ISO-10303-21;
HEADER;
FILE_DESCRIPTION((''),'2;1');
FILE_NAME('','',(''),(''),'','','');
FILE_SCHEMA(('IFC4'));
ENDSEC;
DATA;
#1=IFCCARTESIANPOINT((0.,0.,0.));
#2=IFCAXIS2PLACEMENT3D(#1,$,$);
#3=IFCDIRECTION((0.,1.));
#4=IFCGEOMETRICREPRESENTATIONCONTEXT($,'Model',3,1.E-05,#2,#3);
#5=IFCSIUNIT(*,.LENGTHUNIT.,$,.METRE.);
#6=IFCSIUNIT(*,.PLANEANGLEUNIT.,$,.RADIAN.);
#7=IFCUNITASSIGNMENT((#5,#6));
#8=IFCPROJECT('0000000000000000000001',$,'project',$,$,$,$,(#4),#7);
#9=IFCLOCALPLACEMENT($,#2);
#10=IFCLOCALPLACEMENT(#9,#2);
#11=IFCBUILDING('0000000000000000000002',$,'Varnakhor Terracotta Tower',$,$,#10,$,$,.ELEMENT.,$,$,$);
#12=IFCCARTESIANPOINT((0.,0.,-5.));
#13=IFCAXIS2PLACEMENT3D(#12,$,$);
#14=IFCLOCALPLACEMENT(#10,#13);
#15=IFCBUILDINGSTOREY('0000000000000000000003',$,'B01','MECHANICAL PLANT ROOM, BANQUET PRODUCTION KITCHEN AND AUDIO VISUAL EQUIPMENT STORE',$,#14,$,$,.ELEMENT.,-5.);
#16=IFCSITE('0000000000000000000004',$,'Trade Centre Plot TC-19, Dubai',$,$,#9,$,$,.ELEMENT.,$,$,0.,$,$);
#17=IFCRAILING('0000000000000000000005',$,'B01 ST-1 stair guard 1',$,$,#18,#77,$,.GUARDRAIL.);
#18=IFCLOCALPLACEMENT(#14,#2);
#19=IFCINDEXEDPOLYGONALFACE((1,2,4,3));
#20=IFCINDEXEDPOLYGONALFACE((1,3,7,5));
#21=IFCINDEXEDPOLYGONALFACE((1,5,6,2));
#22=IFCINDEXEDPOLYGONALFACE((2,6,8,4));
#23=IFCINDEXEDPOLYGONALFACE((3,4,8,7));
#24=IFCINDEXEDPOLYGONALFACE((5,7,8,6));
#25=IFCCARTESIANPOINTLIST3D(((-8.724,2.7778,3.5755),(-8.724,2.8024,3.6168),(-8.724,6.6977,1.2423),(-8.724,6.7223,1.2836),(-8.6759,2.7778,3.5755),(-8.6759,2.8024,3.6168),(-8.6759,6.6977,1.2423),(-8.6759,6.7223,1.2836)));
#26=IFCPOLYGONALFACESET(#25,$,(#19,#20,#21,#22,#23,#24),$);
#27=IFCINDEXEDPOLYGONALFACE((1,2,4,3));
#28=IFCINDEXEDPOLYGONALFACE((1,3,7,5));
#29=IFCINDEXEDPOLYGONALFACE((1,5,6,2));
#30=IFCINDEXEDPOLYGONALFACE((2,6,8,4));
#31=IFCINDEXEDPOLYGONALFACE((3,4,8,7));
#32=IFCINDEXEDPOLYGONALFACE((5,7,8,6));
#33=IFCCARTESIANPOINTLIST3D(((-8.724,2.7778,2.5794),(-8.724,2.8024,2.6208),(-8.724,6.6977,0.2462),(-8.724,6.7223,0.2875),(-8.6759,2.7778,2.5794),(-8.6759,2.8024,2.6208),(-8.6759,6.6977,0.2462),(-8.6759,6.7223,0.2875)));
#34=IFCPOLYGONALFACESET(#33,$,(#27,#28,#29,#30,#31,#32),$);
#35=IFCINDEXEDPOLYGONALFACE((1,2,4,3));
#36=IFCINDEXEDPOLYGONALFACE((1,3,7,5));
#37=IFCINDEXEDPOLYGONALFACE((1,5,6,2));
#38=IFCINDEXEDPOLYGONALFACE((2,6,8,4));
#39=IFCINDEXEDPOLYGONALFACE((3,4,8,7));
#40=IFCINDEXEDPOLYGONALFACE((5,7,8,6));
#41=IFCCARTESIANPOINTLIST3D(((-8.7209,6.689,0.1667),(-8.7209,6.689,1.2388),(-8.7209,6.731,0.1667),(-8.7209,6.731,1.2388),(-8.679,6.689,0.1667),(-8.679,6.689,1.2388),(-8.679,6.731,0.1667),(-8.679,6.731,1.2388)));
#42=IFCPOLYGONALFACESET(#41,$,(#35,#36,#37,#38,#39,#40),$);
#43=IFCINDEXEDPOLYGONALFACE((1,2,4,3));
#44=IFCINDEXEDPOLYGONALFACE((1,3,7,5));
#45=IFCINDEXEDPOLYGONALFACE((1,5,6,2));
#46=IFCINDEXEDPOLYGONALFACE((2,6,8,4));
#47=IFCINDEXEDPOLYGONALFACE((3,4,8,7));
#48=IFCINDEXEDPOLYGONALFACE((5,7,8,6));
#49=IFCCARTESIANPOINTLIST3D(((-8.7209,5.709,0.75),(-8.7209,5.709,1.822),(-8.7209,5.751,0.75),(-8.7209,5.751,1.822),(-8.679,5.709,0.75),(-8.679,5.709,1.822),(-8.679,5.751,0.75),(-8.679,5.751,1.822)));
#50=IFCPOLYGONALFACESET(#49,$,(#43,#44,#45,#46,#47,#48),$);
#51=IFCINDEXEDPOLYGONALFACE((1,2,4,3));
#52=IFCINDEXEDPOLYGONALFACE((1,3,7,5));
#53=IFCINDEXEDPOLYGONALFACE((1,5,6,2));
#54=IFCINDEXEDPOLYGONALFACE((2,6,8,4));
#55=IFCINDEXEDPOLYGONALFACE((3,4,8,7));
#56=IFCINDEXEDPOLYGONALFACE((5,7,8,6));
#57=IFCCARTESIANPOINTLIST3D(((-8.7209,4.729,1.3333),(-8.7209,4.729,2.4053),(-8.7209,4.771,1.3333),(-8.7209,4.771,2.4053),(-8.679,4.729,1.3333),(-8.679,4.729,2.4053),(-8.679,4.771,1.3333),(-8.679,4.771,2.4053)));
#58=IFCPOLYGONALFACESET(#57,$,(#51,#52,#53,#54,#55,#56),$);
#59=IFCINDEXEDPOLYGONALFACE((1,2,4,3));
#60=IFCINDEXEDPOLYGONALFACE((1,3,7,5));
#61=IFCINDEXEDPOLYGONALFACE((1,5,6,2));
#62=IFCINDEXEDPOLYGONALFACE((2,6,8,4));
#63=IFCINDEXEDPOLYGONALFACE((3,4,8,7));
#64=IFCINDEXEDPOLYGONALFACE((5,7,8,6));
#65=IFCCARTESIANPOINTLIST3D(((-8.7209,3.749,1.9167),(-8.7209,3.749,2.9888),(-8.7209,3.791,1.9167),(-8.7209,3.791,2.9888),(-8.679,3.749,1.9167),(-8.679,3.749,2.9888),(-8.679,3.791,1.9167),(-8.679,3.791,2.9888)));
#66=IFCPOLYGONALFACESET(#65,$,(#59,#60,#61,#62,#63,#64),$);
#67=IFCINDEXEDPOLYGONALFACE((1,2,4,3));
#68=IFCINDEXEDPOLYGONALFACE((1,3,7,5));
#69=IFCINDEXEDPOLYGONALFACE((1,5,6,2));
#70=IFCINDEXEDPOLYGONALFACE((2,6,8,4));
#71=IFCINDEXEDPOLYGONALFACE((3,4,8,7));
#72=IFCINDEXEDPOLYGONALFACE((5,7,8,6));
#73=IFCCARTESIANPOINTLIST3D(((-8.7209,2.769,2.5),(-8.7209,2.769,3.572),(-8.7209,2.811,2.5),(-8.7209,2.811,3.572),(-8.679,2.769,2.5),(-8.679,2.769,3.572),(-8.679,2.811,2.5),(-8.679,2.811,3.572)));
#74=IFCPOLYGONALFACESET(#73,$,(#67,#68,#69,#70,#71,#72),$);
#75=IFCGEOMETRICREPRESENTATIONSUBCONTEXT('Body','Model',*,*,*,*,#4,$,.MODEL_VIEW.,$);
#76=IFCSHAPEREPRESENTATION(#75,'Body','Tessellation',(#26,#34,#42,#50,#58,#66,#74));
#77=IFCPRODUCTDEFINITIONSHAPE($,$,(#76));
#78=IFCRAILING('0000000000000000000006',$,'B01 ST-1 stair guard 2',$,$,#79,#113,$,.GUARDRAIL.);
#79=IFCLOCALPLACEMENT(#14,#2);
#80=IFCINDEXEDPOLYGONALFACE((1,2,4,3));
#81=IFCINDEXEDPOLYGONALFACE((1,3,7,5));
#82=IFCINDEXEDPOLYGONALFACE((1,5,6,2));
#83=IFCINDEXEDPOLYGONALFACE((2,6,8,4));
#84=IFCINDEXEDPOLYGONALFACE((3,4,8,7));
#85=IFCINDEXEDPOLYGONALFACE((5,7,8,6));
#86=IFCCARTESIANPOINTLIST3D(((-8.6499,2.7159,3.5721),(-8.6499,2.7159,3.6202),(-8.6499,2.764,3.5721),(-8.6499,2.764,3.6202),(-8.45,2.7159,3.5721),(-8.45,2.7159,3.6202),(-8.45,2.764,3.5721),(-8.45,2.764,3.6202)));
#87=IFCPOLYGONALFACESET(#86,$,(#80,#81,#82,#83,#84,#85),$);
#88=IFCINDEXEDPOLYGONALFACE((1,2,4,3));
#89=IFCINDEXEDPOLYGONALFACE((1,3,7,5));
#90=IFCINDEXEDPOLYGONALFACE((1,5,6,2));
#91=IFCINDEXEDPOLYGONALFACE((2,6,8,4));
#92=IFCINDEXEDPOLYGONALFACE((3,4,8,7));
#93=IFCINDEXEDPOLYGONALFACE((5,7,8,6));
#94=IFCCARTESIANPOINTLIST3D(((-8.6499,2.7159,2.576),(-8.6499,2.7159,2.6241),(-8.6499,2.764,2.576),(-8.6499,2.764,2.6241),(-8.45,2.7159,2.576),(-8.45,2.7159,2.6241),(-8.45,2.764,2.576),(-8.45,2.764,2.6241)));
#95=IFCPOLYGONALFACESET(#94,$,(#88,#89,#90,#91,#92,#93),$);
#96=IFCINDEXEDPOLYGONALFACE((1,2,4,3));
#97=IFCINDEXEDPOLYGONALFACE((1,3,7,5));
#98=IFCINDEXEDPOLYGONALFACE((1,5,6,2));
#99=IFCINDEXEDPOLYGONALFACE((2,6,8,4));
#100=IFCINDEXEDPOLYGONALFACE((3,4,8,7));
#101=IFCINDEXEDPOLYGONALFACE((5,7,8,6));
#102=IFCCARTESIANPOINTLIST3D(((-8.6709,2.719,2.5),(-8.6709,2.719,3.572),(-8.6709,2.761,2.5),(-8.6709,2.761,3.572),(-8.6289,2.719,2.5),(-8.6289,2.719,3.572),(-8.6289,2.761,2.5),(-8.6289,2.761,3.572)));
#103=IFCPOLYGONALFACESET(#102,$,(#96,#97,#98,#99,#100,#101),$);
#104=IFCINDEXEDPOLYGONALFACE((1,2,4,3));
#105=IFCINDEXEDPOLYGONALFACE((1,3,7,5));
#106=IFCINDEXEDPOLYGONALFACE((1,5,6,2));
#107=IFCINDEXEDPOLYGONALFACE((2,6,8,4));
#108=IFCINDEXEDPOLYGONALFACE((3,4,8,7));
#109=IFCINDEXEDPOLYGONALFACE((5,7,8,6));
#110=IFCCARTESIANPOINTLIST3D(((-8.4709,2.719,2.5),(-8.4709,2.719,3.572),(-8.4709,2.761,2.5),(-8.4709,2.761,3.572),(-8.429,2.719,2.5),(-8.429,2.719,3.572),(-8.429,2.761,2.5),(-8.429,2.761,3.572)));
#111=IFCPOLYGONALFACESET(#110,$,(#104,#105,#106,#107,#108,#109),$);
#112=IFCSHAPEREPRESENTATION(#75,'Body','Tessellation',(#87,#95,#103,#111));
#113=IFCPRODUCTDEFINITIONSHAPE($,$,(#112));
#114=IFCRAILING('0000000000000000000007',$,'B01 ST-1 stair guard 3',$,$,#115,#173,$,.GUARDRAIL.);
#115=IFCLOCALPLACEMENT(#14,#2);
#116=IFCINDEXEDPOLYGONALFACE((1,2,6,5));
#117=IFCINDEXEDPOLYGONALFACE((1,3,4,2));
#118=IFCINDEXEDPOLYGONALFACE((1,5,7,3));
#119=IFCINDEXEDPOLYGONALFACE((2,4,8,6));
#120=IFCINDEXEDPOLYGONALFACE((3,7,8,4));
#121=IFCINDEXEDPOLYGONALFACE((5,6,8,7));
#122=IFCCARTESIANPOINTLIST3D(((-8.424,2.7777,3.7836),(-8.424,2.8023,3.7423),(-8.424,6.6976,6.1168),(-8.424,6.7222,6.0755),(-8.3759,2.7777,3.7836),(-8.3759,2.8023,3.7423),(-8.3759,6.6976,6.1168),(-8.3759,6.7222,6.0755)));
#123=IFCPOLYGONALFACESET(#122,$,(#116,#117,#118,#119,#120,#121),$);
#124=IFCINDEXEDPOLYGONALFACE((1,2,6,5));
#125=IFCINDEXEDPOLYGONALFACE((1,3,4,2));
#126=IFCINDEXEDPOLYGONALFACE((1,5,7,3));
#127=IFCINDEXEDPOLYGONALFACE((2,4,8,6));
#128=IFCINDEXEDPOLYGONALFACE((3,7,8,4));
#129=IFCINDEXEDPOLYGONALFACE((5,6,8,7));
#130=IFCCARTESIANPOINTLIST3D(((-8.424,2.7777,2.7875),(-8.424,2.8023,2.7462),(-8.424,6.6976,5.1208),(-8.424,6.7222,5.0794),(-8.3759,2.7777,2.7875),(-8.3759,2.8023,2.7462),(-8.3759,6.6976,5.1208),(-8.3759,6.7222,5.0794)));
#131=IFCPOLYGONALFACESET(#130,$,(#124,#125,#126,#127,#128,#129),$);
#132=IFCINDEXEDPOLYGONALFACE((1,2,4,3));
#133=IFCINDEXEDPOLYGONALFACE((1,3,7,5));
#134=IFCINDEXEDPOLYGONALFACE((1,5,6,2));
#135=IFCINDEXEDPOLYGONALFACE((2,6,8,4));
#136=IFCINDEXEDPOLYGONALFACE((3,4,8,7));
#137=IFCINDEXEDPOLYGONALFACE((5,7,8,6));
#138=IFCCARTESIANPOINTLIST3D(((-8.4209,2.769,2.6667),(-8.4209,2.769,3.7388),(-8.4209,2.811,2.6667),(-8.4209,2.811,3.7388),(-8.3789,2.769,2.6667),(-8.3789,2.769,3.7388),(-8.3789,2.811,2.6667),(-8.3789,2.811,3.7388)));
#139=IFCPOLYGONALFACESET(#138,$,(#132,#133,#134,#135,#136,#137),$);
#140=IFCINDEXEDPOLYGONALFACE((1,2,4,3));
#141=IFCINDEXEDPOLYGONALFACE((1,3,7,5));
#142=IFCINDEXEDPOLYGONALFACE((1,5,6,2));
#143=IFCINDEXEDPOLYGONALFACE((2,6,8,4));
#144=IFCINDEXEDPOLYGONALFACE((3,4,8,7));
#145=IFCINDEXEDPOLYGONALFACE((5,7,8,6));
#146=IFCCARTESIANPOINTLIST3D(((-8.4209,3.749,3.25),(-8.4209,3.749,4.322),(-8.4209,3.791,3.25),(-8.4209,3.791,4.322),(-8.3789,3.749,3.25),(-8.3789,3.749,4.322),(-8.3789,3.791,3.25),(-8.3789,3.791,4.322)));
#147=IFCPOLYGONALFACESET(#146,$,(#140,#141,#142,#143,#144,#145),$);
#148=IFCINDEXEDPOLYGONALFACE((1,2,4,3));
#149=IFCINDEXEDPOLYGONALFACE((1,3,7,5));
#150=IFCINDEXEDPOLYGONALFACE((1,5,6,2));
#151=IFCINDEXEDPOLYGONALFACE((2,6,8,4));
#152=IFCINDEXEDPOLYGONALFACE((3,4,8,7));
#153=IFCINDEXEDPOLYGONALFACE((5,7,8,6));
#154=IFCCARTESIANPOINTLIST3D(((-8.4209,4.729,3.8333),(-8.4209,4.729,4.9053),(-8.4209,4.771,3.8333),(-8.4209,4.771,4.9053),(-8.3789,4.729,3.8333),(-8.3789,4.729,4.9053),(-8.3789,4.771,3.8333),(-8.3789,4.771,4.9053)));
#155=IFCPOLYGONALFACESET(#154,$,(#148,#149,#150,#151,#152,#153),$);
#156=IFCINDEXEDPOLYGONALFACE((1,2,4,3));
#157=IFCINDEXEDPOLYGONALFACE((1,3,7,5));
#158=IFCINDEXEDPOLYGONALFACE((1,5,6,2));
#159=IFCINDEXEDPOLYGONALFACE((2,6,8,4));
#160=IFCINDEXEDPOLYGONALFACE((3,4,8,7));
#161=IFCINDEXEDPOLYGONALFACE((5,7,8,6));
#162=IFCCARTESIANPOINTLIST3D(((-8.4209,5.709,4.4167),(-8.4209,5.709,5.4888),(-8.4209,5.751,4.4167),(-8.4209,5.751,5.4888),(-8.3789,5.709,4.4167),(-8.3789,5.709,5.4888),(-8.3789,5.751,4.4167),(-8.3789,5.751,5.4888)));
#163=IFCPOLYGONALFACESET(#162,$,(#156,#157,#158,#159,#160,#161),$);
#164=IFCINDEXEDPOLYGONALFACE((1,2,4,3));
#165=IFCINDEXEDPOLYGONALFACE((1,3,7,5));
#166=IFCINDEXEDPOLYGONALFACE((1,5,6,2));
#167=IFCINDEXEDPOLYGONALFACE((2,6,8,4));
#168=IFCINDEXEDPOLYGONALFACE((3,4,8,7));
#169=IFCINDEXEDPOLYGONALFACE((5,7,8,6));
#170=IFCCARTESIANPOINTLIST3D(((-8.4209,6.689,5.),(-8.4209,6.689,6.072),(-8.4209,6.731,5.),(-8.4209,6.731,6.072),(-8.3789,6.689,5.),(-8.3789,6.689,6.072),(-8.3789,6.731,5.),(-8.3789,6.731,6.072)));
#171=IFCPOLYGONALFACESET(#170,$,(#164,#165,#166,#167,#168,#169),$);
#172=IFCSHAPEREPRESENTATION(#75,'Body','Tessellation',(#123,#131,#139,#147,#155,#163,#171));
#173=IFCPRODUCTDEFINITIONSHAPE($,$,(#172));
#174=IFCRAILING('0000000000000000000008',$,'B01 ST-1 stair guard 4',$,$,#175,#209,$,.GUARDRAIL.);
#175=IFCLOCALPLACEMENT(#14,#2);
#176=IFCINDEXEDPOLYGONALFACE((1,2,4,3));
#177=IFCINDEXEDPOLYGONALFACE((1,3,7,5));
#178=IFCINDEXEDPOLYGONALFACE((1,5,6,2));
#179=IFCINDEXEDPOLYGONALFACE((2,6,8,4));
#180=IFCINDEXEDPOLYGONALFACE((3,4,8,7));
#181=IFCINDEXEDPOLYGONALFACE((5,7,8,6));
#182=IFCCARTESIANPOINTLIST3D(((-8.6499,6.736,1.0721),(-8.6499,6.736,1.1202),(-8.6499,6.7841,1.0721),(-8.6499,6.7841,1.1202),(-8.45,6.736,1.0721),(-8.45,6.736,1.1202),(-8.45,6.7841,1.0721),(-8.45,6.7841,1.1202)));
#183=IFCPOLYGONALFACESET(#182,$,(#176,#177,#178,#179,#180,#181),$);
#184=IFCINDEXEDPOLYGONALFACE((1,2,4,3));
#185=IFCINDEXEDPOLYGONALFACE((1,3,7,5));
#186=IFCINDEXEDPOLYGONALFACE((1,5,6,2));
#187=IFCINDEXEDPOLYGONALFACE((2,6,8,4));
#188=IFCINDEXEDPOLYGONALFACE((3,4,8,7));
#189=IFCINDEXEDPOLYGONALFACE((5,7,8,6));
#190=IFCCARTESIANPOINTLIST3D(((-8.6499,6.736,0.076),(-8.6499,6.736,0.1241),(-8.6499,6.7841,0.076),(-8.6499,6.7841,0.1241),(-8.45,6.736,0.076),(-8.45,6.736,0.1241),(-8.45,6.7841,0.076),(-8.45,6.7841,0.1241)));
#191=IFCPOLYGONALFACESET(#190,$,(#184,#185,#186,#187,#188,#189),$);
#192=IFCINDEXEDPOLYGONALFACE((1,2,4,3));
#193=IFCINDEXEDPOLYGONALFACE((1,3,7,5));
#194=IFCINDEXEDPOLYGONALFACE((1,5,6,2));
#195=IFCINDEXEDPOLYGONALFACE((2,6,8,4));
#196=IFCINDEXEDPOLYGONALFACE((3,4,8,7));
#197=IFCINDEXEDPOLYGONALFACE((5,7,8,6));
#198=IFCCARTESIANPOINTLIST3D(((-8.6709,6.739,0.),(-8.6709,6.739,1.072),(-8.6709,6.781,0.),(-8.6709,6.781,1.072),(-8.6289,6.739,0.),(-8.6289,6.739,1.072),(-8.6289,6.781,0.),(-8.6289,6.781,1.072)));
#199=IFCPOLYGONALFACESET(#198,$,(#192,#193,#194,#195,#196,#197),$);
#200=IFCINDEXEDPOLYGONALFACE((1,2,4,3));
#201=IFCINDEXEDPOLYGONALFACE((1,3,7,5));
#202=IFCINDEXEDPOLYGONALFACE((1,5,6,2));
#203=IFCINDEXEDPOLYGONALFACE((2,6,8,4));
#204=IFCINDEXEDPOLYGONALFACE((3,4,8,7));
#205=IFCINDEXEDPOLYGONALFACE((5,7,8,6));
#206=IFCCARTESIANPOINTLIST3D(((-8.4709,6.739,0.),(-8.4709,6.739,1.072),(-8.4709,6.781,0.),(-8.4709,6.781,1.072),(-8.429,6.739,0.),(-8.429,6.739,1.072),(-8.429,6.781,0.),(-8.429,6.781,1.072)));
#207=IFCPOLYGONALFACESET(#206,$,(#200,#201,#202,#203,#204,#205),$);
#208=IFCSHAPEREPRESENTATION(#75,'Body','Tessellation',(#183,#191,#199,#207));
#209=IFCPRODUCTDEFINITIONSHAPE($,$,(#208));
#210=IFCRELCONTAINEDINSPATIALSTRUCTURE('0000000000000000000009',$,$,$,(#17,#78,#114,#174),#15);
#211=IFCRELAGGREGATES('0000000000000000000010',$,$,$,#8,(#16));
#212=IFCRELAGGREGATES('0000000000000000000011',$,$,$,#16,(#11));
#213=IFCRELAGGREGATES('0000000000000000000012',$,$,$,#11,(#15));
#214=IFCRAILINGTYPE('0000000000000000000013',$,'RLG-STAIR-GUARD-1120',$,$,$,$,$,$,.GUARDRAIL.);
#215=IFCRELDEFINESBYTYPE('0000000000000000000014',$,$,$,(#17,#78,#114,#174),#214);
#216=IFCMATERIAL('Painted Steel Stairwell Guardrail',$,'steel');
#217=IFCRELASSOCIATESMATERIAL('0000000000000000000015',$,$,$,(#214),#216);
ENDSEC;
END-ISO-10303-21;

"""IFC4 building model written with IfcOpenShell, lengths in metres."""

from ifc_helpers import new_model, si_unit, direction, frame, origin, origin_2d, place, context, subcontext, project, spatial, rectangle, extrude, material, type_object, element, save


model = new_model("IFC4")

# Units and contexts
model_context = context("Model", 3, precision=1e-05, world=origin(), true_north=direction((0.0, 1.0)))
body_context = subcontext(model_context, "Body", "Model", "MODEL_VIEW")
ifc_project = project(units=[si_unit("LENGTHUNIT", "METRE"), si_unit("PLANEANGLEUNIT", "RADIAN")], contexts=[model_context])

# Site, building, storey
site_placement = place(None, origin())
site = spatial("IfcSite", under=ifc_project, at=site_placement, Name="Trade Centre Plot TC-19, Dubai", CompositionType="ELEMENT", RefElevation=0.0)
building_placement = place(site_placement, origin())
building = spatial("IfcBuilding", under=site, at=building_placement, Name="Varnakhor Terracotta Tower", CompositionType="ELEMENT")
storey_placement = place(building_placement, frame((0.0, 0.0, -5.0)))
storey = spatial("IfcBuildingStorey", under=building, at=storey_placement, Name="B01", Description="MECHANICAL PLANT ROOM, BANQUET PRODUCTION KITCHEN AND AUDIO VISUAL EQUIPMENT STORE", CompositionType="ELEMENT", Elevation=-5.0)

# Railings
ifc_material_1 = material(Name="Painted Steel Stairwell Guardrail", Category="steel")
railing_type_1 = type_object("IfcRailingType", Name="RLG-STAIR-GUARD-1120", PredefinedType="GUARDRAIL", material=ifc_material_1)
railing_1_placement = place(storey_placement, frame((-8.7, 6.71, 0.1667)))
element("IfcRailing", 1, at=railing_1_placement, inside=storey, type_object=railing_type_1, Name="B01 ST-1 stair guard 1", PredefinedType="GUARDRAIL", context=body_context, shape_type="SweptSolid", body=[
    extrude(rectangle(XDim=0.0481, YDim=0.0481, at=origin_2d()), frame((0.0, 0.0, 1.0962), z_axis=(0.0, -0.859296, 0.511478), x_axis=(1.0, 0.0, 0.0)), (0.0, 0.0, 1.0), 4.5618),
    extrude(rectangle(XDim=0.0481, YDim=0.0481, at=origin_2d()), frame((0.0, 0.0, 0.1001), z_axis=(0.0, -0.859296, 0.511478), x_axis=(1.0, 0.0, 0.0)), (0.0, 0.0, 1.0), 4.5618),
    extrude(rectangle(XDim=0.042, YDim=0.042, at=origin_2d()), origin(), (0.0, 0.0, 1.0), 1.072),
    extrude(rectangle(XDim=0.042, YDim=0.042, at=origin_2d()), frame((0.0, -0.98, 0.5833)), (0.0, 0.0, 1.0), 1.072),
    extrude(rectangle(XDim=0.042, YDim=0.042, at=origin_2d()), frame((0.0, -1.96, 1.1665)), (0.0, 0.0, 1.0), 1.072),
    extrude(rectangle(XDim=0.042, YDim=0.042, at=origin_2d()), frame((0.0, -2.9399, 1.75)), (0.0, 0.0, 1.0), 1.072),
    extrude(rectangle(XDim=0.042, YDim=0.042, at=origin_2d()), frame((0.0, -3.9199, 2.3333)), (0.0, 0.0, 1.0), 1.072),
])
railing_2_placement = place(storey_placement, frame((-8.6499, 2.74, 2.5)))
element("IfcRailing", 2, at=railing_2_placement, inside=storey, type_object=railing_type_1, Name="B01 ST-1 stair guard 2", PredefinedType="GUARDRAIL", context=body_context, shape_type="SweptSolid", body=[
    extrude(rectangle(XDim=0.0481, YDim=0.0481, at=origin_2d()), frame((0.0, 0.0, 1.0962), z_axis=(1.0, 0.0, 0.0), x_axis=(0.0, 1.0, 0.0)), (0.0, 0.0, 1.0), 0.2),
    extrude(rectangle(XDim=0.0481, YDim=0.0481, at=origin_2d()), frame((0.0, 0.0, 0.1001), z_axis=(1.0, 0.0, 0.0), x_axis=(0.0, 1.0, 0.0)), (0.0, 0.0, 1.0), 0.2),
    extrude(rectangle(XDim=0.042, YDim=0.042, at=origin_2d()), origin(), (0.0, 0.0, 1.0), 1.072),
    extrude(rectangle(XDim=0.042, YDim=0.042, at=origin_2d()), frame((0.2, 0.0, 0.0)), (0.0, 0.0, 1.0), 1.072),
])
railing_3_placement = place(storey_placement, frame((-8.3999, 2.79, 2.6667)))
element("IfcRailing", 3, at=railing_3_placement, inside=storey, type_object=railing_type_1, Name="B01 ST-1 stair guard 3", PredefinedType="GUARDRAIL", context=body_context, shape_type="SweptSolid", body=[
    extrude(rectangle(XDim=0.0481, YDim=0.0481, at=origin_2d()), frame((0.0, 0.0, 1.0962), z_axis=(0.0, 0.859296, 0.511478), x_axis=(-1.0, 0.0, 0.0)), (0.0, 0.0, 1.0), 4.5618),
    extrude(rectangle(XDim=0.0481, YDim=0.0481, at=origin_2d()), frame((0.0, 0.0, 0.1001), z_axis=(0.0, 0.859296, 0.511478), x_axis=(-1.0, 0.0, 0.0)), (0.0, 0.0, 1.0), 4.5618),
    extrude(rectangle(XDim=0.042, YDim=0.042, at=origin_2d()), origin(), (0.0, 0.0, 1.0), 1.072),
    extrude(rectangle(XDim=0.042, YDim=0.042, at=origin_2d()), frame((0.0, 0.98, 0.5833)), (0.0, 0.0, 1.0), 1.072),
    extrude(rectangle(XDim=0.042, YDim=0.042, at=origin_2d()), frame((0.0, 1.96, 1.1665)), (0.0, 0.0, 1.0), 1.072),
    extrude(rectangle(XDim=0.042, YDim=0.042, at=origin_2d()), frame((0.0, 2.9399, 1.75)), (0.0, 0.0, 1.0), 1.072),
    extrude(rectangle(XDim=0.042, YDim=0.042, at=origin_2d()), frame((0.0, 3.9199, 2.3333)), (0.0, 0.0, 1.0), 1.072),
])
railing_4_placement = place(storey_placement, frame((-8.6499, 6.76, 0.0)))
element("IfcRailing", 4, at=railing_4_placement, inside=storey, type_object=railing_type_1, Name="B01 ST-1 stair guard 4", PredefinedType="GUARDRAIL", context=body_context, shape_type="SweptSolid", body=[
    extrude(rectangle(XDim=0.0481, YDim=0.0481, at=origin_2d()), frame((0.0, 0.0, 1.0962), z_axis=(1.0, 0.0, 0.0), x_axis=(0.0, 1.0, 0.0)), (0.0, 0.0, 1.0), 0.2),
    extrude(rectangle(XDim=0.0481, YDim=0.0481, at=origin_2d()), frame((0.0, 0.0, 0.1001), z_axis=(1.0, 0.0, 0.0), x_axis=(0.0, 1.0, 0.0)), (0.0, 0.0, 1.0), 0.2),
    extrude(rectangle(XDim=0.042, YDim=0.042, at=origin_2d()), origin(), (0.0, 0.0, 1.0), 1.072),
    extrude(rectangle(XDim=0.042, YDim=0.042, at=origin_2d()), frame((0.2, 0.0, 0.0)), (0.0, 0.0, 1.0), 1.072),
])

save(model, "model.ifc")
